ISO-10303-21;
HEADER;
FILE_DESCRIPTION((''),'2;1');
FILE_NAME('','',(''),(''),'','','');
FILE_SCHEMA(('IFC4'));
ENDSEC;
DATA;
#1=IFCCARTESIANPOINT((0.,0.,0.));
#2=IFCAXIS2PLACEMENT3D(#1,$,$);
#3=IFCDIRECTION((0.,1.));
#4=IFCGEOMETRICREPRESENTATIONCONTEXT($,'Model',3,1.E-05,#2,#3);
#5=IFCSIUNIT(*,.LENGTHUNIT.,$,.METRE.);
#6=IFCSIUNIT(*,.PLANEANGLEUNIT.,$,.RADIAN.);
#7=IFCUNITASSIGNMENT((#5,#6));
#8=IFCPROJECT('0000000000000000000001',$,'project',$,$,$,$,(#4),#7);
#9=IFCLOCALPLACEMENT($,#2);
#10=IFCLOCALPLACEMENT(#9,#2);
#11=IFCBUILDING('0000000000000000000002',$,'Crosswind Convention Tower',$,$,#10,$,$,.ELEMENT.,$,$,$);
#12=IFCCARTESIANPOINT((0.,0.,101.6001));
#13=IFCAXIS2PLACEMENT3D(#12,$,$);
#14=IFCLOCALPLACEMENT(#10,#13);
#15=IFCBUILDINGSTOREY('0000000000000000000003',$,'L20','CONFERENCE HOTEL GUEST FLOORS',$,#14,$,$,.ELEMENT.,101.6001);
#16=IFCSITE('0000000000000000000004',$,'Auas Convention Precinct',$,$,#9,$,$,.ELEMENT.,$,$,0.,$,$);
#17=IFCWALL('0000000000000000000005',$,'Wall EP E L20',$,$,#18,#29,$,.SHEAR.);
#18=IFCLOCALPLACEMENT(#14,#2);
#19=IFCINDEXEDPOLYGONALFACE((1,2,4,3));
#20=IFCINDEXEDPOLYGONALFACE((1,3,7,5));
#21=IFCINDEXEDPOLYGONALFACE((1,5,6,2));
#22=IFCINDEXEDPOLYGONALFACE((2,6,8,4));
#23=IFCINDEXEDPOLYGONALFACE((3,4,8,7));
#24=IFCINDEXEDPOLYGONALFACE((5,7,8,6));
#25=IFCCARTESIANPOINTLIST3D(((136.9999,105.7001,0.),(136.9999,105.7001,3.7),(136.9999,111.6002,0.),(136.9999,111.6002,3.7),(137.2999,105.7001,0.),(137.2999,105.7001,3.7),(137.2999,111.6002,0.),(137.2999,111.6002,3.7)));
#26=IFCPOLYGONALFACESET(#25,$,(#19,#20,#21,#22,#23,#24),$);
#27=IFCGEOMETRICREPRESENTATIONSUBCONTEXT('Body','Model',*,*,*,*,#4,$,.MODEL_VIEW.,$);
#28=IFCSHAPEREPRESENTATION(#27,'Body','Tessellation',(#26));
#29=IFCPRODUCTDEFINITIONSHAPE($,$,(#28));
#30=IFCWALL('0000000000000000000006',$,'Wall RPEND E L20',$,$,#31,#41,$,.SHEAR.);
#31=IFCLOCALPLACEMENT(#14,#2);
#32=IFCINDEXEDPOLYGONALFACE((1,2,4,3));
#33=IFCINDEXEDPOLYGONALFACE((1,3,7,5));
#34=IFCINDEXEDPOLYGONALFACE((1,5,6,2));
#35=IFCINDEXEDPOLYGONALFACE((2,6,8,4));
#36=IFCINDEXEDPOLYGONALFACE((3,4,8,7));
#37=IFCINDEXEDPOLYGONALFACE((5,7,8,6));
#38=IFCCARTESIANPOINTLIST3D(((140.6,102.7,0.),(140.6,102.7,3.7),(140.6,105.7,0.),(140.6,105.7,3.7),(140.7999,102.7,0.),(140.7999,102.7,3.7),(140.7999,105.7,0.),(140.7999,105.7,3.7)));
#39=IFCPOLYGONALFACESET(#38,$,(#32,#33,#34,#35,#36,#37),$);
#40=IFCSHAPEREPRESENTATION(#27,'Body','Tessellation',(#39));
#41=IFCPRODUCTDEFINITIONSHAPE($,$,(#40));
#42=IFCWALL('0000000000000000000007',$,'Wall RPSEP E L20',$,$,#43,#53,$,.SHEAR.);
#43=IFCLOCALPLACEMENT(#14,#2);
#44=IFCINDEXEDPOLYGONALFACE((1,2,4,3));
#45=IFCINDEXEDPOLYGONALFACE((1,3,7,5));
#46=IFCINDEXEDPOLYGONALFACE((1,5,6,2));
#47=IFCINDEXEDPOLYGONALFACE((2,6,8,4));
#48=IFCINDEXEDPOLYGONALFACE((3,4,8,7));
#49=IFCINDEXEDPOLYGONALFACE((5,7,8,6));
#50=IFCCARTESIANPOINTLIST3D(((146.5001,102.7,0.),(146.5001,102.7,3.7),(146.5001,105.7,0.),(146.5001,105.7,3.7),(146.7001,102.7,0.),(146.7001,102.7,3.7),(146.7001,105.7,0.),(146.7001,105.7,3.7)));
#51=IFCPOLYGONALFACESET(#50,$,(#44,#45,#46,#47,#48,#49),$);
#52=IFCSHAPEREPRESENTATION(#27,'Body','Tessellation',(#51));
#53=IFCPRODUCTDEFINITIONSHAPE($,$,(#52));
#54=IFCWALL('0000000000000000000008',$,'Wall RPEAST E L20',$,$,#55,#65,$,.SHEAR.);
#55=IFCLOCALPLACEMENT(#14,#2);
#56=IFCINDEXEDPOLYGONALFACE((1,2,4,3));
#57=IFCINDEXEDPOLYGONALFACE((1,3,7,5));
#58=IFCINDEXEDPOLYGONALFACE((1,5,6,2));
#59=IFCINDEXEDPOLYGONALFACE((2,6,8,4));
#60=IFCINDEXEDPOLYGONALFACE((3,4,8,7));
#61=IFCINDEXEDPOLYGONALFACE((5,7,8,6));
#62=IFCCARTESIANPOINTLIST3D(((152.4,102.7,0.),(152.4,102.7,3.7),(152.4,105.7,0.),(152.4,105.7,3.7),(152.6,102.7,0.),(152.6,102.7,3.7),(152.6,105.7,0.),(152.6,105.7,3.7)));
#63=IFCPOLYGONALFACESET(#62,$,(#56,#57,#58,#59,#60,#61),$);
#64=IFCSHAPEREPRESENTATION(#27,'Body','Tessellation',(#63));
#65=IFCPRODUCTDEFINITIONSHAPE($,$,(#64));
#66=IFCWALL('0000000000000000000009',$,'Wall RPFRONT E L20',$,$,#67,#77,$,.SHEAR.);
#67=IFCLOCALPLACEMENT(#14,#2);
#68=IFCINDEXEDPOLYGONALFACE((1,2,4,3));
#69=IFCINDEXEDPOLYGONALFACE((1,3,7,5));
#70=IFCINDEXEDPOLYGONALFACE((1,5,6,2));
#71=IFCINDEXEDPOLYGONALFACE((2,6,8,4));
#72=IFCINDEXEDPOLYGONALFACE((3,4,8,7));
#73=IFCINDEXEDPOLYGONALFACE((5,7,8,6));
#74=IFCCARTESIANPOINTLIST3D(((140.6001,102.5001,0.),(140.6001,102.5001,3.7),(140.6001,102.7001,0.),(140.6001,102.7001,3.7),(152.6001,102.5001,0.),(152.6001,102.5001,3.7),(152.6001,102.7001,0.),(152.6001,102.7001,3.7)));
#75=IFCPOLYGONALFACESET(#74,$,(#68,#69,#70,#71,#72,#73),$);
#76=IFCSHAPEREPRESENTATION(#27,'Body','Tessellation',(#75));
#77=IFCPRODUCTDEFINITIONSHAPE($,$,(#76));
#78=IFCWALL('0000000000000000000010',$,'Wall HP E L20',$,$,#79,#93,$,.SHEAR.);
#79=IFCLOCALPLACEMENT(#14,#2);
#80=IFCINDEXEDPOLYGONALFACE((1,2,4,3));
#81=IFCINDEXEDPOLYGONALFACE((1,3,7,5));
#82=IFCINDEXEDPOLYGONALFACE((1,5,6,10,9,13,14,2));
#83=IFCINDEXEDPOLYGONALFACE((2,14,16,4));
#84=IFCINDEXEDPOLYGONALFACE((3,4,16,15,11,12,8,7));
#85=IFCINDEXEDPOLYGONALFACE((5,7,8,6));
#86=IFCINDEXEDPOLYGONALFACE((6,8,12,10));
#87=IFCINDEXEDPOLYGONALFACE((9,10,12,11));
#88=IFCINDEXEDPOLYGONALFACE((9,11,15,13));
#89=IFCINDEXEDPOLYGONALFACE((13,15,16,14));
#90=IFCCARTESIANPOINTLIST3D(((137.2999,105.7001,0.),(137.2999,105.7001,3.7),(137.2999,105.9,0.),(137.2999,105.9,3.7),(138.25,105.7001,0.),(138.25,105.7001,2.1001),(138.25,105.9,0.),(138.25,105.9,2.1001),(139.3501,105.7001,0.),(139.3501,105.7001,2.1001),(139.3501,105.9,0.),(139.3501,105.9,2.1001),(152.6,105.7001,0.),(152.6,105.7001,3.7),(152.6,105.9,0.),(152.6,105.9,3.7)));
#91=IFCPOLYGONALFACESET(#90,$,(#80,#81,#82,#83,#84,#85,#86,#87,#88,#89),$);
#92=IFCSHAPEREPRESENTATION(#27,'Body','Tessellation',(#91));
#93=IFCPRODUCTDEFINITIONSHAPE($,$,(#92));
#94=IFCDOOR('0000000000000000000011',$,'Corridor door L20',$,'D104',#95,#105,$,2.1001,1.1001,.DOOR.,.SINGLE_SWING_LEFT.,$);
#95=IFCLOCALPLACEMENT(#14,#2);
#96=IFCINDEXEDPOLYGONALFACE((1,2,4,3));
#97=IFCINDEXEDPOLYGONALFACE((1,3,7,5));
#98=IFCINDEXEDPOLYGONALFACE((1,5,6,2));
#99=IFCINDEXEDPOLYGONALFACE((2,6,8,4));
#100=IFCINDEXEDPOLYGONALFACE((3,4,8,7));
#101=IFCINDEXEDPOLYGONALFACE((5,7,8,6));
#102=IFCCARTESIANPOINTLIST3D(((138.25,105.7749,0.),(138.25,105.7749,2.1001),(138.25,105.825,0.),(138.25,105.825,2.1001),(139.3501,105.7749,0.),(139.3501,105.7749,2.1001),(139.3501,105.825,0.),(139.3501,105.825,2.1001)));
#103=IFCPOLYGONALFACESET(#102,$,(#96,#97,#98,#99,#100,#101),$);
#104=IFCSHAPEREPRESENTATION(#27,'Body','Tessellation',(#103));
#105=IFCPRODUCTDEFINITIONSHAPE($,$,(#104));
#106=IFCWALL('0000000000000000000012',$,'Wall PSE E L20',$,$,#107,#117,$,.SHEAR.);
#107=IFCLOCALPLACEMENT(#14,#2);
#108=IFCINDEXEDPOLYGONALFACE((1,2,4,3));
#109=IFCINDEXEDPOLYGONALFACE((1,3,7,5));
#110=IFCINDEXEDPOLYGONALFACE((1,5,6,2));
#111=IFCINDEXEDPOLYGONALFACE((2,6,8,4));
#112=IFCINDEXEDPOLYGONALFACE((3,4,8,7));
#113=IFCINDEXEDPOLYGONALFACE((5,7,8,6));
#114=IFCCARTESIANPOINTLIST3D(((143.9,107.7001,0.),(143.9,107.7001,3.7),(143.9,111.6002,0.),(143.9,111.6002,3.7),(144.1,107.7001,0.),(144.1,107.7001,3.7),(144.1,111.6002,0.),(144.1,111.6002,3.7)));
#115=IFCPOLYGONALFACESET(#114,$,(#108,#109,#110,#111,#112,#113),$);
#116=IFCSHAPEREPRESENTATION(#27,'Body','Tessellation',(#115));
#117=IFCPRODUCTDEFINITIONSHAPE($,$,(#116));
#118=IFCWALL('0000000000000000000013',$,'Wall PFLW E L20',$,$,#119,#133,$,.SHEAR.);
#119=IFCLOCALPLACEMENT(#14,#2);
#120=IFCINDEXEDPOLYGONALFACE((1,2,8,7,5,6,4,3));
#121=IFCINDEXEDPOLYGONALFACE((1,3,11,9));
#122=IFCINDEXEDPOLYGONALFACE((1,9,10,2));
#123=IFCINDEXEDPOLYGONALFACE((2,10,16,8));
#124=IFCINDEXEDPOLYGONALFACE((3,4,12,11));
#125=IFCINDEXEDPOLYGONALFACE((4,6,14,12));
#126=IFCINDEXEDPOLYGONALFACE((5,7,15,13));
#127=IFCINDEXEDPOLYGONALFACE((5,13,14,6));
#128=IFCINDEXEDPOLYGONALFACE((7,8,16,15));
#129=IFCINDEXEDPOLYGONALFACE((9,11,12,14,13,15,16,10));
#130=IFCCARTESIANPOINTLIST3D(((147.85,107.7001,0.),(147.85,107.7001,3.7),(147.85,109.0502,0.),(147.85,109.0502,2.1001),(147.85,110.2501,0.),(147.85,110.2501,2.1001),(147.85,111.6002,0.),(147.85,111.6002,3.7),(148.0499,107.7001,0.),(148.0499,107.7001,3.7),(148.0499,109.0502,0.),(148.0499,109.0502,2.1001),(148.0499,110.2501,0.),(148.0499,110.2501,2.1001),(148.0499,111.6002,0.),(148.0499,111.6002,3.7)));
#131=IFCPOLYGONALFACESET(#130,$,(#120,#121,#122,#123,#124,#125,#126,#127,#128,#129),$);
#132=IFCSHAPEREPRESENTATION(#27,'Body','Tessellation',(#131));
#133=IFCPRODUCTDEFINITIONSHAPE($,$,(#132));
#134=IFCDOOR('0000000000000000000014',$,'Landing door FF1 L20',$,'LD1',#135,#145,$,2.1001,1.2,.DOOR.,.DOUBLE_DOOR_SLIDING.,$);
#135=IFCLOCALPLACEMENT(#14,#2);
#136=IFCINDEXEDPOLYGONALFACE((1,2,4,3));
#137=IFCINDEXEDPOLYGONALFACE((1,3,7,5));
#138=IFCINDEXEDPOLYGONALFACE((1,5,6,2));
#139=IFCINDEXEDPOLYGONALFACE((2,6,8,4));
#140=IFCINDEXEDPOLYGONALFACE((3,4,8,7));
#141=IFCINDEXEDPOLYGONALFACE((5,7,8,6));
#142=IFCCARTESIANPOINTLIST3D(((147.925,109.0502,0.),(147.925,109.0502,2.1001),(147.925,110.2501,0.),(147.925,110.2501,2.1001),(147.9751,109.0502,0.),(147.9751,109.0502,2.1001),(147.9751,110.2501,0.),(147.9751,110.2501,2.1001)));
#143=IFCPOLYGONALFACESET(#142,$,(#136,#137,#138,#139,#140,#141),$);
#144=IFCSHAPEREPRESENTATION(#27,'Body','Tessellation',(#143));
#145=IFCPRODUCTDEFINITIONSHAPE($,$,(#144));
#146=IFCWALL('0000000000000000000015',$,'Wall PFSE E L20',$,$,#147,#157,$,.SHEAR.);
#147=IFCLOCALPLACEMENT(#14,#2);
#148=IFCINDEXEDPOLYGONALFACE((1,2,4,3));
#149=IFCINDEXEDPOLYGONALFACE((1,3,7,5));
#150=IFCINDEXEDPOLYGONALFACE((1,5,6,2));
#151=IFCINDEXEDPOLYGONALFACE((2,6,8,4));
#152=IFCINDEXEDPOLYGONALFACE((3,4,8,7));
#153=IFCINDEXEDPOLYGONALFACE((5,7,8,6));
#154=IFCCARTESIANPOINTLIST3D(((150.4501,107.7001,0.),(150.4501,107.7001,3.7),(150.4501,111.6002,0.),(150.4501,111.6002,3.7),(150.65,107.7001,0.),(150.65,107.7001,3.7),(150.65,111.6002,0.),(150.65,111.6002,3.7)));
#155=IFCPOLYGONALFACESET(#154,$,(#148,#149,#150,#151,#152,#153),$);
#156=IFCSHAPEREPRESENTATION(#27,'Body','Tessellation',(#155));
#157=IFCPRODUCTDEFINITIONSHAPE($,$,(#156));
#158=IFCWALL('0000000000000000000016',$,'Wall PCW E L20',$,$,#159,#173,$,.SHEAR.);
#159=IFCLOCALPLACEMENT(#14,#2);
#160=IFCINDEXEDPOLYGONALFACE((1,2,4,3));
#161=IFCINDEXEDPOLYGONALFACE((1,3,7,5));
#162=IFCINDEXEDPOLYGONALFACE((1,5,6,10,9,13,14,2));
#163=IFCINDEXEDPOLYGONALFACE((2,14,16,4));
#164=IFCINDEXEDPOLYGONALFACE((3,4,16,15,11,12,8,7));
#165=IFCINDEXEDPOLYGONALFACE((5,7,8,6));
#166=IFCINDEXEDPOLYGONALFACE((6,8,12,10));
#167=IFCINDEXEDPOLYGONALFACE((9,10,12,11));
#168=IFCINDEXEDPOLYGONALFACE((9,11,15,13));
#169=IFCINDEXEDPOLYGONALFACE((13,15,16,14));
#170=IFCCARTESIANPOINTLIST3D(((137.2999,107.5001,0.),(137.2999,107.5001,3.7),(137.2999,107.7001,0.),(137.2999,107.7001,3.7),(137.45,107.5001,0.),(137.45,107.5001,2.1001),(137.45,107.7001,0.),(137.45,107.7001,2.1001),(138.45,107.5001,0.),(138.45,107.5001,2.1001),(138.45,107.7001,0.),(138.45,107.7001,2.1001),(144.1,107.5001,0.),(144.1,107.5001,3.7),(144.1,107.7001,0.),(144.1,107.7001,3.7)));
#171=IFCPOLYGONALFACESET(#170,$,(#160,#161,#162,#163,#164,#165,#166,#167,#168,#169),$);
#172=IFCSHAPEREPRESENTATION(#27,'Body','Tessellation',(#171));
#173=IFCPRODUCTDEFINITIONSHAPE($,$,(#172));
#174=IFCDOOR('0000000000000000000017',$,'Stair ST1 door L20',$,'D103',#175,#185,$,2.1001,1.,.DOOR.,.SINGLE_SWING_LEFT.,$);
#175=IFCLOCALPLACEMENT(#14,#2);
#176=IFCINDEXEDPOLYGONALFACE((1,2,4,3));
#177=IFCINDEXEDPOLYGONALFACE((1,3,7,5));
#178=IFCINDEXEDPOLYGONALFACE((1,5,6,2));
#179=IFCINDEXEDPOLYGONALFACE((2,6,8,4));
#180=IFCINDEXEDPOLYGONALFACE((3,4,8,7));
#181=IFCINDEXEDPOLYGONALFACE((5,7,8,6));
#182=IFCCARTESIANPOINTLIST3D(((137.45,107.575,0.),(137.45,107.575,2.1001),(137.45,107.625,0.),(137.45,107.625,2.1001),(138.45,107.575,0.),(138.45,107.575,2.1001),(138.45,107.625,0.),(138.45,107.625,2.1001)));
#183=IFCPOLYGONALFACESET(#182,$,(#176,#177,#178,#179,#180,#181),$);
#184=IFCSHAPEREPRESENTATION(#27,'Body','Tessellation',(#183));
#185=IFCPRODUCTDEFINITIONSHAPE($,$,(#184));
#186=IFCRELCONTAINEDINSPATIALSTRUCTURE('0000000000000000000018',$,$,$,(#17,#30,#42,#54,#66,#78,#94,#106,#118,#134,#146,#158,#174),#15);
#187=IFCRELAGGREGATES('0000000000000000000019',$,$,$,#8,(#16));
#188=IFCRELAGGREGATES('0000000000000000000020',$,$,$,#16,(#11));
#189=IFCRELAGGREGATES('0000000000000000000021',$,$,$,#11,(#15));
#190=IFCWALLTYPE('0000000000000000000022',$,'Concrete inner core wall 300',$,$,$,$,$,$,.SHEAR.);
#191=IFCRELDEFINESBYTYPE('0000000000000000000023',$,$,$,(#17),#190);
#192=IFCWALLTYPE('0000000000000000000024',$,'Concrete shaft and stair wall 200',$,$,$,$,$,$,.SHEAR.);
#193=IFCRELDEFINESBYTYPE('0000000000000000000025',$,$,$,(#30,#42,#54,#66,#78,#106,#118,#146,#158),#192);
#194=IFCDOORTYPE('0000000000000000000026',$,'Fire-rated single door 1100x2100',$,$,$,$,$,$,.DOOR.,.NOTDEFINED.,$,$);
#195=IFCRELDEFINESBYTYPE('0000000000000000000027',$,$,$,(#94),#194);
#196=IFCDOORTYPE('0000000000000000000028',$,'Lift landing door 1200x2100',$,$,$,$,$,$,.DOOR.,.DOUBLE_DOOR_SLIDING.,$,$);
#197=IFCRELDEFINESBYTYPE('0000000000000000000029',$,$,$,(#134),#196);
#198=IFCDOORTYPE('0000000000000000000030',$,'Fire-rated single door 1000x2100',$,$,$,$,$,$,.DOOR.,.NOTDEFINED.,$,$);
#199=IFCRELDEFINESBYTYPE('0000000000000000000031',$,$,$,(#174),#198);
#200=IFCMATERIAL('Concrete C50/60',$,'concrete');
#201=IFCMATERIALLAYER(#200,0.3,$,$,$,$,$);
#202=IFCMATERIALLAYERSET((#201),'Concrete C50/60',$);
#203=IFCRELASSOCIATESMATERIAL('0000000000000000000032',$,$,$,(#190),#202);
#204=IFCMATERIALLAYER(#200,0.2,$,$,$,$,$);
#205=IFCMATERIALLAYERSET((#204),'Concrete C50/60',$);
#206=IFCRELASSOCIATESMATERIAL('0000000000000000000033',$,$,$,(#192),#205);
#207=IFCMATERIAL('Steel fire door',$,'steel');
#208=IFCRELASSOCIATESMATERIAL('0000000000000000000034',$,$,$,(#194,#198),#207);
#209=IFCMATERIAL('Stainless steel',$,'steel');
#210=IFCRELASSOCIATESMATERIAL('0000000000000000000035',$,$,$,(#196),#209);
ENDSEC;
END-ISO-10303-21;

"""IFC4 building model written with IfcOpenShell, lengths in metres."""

from ifc_helpers import new_model, si_unit, direction, frame, frame_2d, origin, place, context, subcontext, project, spatial, rectangle, extrude, material, layer, layer_set, type_object, element, fill, save


model = new_model("IFC4")

# Units and contexts
model_context = context("Model", 3, precision=1e-05, world=origin(), true_north=direction((0.0, 1.0)))
body_context = subcontext(model_context, "Body", "Model", "MODEL_VIEW")
ifc_project = project(units=[si_unit("LENGTHUNIT", "METRE"), si_unit("PLANEANGLEUNIT", "RADIAN")], contexts=[model_context])

# Site, building, storey
site_placement = place(None, origin())
site = spatial("IfcSite", under=ifc_project, at=site_placement, Name="Auas Convention Precinct", CompositionType="ELEMENT", RefElevation=0.0)
building_placement = place(site_placement, origin())
building = spatial("IfcBuilding", under=site, at=building_placement, Name="Crosswind Convention Tower", CompositionType="ELEMENT")
storey_placement = place(building_placement, frame((0.0, 0.0, 101.6001)))
storey = spatial("IfcBuildingStorey", under=building, at=storey_placement, Name="L20", Description="CONFERENCE HOTEL GUEST FLOORS", CompositionType="ELEMENT", Elevation=101.6001)

# Walls
ifc_material_1 = material(Name="Concrete C50/60", Category="concrete")
ifc_layer_1 = layer(ifc_material_1, 0.3)
ifc_layer_set_1 = layer_set([ifc_layer_1], Name="Concrete C50/60")
wall_type_1 = type_object("IfcWallType", Name="Concrete inner core wall 300", PredefinedType="SHEAR", material=ifc_layer_set_1)
wall_1_placement = place(storey_placement, frame((137.1499, 105.7, 0.0), z_axis=(0.0, 0.0, 1.0), x_axis=(0.0, 1.0, 0.0)))
element("IfcWall", 1, at=wall_1_placement, inside=storey, type_object=wall_type_1, Name="Wall EP E L20", PredefinedType="SHEAR", context=body_context, shape_type="SweptSolid", body=[
    extrude(rectangle(XDim=5.9001, YDim=0.3, at=frame_2d((2.9502, 0.0))), origin(), (0.0, 0.0, 1.0), 3.7),
])
ifc_layer_2 = layer(ifc_material_1, 0.2)
ifc_layer_set_2 = layer_set([ifc_layer_2], Name="Concrete C50/60")
wall_type_2 = type_object("IfcWallType", Name="Concrete shaft and stair wall 200", PredefinedType="SHEAR", material=ifc_layer_set_2)
for number, where, z_axis, x_axis, name in (
    (2, (140.7, 102.7, 0.0), (0.0, 0.0, 1.0), (0.0, 1.0, 0.0), "Wall RPEND E L20"),
    (3, (146.6001, 102.7, 0.0), (0.0, 0.0, 1.0), (0.0, 1.0, 0.0), "Wall RPSEP E L20"),
    (4, (152.5, 102.7, 0.0), (0.0, 0.0, 1.0), (0.0, 1.0, 0.0), "Wall RPEAST E L20"),
):
    element("IfcWall", number, at=place(storey_placement, frame(where, z_axis=z_axis, x_axis=x_axis)), inside=storey, type_object=wall_type_2, Name=name, PredefinedType="SHEAR", context=body_context, shape_type="SweptSolid", body=[
        extrude(rectangle(XDim=3.0, YDim=0.2, at=frame_2d((1.5, 0.0))), origin(), (0.0, 0.0, 1.0), 3.7),
    ])
wall_2_placement = place(storey_placement, frame((140.6001, 102.6001, 0.0), z_axis=(0.0, 0.0, 1.0), x_axis=(1.0, 0.0, 0.0)))
element("IfcWall", 5, at=wall_2_placement, inside=storey, type_object=wall_type_2, Name="Wall RPFRONT E L20", PredefinedType="SHEAR", context=body_context, shape_type="SweptSolid", body=[
    extrude(rectangle(XDim=12.0, YDim=0.2, at=frame_2d((6.0, 0.0))), origin(), (0.0, 0.0, 1.0), 3.7),
])

# Wall, opening, door
wall_3_placement = place(storey_placement, frame((137.3, 105.8, 0.0), z_axis=(0.0, 0.0, 1.0), x_axis=(1.0, 0.0, 0.0)))
wall_3 = element("IfcWall", 6, at=wall_3_placement, inside=storey, type_object=wall_type_2, Name="Wall HP E L20", PredefinedType="SHEAR", context=body_context, shape_type="SweptSolid", body=[
    extrude(rectangle(XDim=15.3, YDim=0.2, at=frame_2d((7.6499, 0.0))), origin(), (0.0, 0.0, 1.0), 3.7),
])
opening_1_placement = place(wall_3_placement, frame((0.95, 0.0, 0.0)))
opening_1 = element("IfcOpeningElement", 7, at=opening_1_placement, cuts=wall_3, PredefinedType="OPENING", context=body_context, shape_type="SweptSolid", body=[
    extrude(rectangle(XDim=1.1001, YDim=2.1001, at=frame_2d((0.55, 1.05))), frame((0.0, 0.1099, 0.0), z_axis=(0.0, -1.0, 0.0), x_axis=(1.0, 0.0, 0.0)), (0.0, 0.0, 1.0), 0.22),
])
ifc_material_2 = material(Name="Steel fire door", Category="steel")
door_type_1 = type_object("IfcDoorType", Name="Fire-rated single door 1100x2100", OperationType="NOTDEFINED", PredefinedType="DOOR", material=ifc_material_2)
door_1_placement = place(opening_1_placement, origin())
door_1 = element("IfcDoor", 8, at=door_1_placement, inside=storey, type_object=door_type_1, Name="Corridor door L20", ObjectType="D104", OperationType="SINGLE_SWING_LEFT", OverallHeight=2.1001, OverallWidth=1.1001, PredefinedType="DOOR", context=body_context, shape_type="SweptSolid", body=[
    extrude(rectangle(XDim=1.1001, YDim=2.1001, at=frame_2d((0.55, 1.05))), frame((0.0, 0.0249, 0.0), z_axis=(0.0, -1.0, 0.0), x_axis=(1.0, 0.0, 0.0)), (0.0, 0.0, 1.0), 0.05),
])
fill(opening_1, door_1)

# Wall
wall_4_placement = place(storey_placement, frame((144.0, 107.7, 0.0), z_axis=(0.0, 0.0, 1.0), x_axis=(0.0, 1.0, 0.0)))
element("IfcWall", 9, at=wall_4_placement, inside=storey, type_object=wall_type_2, Name="Wall PSE E L20", PredefinedType="SHEAR", context=body_context, shape_type="SweptSolid", body=[
    extrude(rectangle(XDim=3.9001, YDim=0.2, at=frame_2d((1.9502, 0.0))), origin(), (0.0, 0.0, 1.0), 3.7),
])

# Wall, opening, door
wall_5_placement = place(storey_placement, frame((147.95, 107.7, 0.0), z_axis=(0.0, 0.0, 1.0), x_axis=(0.0, 1.0, 0.0)))
wall_5 = element("IfcWall", 10, at=wall_5_placement, inside=storey, type_object=wall_type_2, Name="Wall PFLW E L20", PredefinedType="SHEAR", context=body_context, shape_type="SweptSolid", body=[
    extrude(rectangle(XDim=3.9001, YDim=0.2, at=frame_2d((1.9502, 0.0))), origin(), (0.0, 0.0, 1.0), 3.7),
])
opening_2_placement = place(wall_5_placement, frame((1.3501, 0.0, 0.0)))
opening_2 = element("IfcOpeningElement", 11, at=opening_2_placement, cuts=wall_5, PredefinedType="OPENING", context=body_context, shape_type="SweptSolid", body=[
    extrude(rectangle(XDim=1.2, YDim=2.1001, at=frame_2d((0.6001, 1.05))), frame((0.0, 0.1099, 0.0), z_axis=(0.0, -1.0, 0.0), x_axis=(1.0, 0.0, 0.0)), (0.0, 0.0, 1.0), 0.22),
])
ifc_material_3 = material(Name="Stainless steel", Category="steel")
door_type_2 = type_object("IfcDoorType", Name="Lift landing door 1200x2100", OperationType="DOUBLE_DOOR_SLIDING", PredefinedType="DOOR", material=ifc_material_3)
door_2_placement = place(opening_2_placement, origin())
door_2 = element("IfcDoor", 12, at=door_2_placement, inside=storey, type_object=door_type_2, Name="Landing door FF1 L20", ObjectType="LD1", OperationType="DOUBLE_DOOR_SLIDING", OverallHeight=2.1001, OverallWidth=1.2, PredefinedType="DOOR", context=body_context, shape_type="SweptSolid", body=[
    extrude(rectangle(XDim=1.2, YDim=2.1001, at=frame_2d((0.6001, 1.05))), frame((0.0, 0.0249, 0.0), z_axis=(0.0, -1.0, 0.0), x_axis=(1.0, 0.0, 0.0)), (0.0, 0.0, 1.0), 0.05),
])
fill(opening_2, door_2)

# Wall
wall_6_placement = place(storey_placement, frame((150.55, 107.7, 0.0), z_axis=(0.0, 0.0, 1.0), x_axis=(0.0, 1.0, 0.0)))
element("IfcWall", 13, at=wall_6_placement, inside=storey, type_object=wall_type_2, Name="Wall PFSE E L20", PredefinedType="SHEAR", context=body_context, shape_type="SweptSolid", body=[
    extrude(rectangle(XDim=3.9001, YDim=0.2, at=frame_2d((1.9502, 0.0))), origin(), (0.0, 0.0, 1.0), 3.7),
])

# Wall, opening, door
wall_7_placement = place(storey_placement, frame((137.3, 107.6001, 0.0), z_axis=(0.0, 0.0, 1.0), x_axis=(1.0, 0.0, 0.0)))
wall_7 = element("IfcWall", 14, at=wall_7_placement, inside=storey, type_object=wall_type_2, Name="Wall PCW E L20", PredefinedType="SHEAR", context=body_context, shape_type="SweptSolid", body=[
    extrude(rectangle(XDim=6.8, YDim=0.2, at=frame_2d((3.3999, 0.0))), origin(), (0.0, 0.0, 1.0), 3.7),
])
opening_3_placement = place(wall_7_placement, frame((0.1499, 0.0, 0.0)))
opening_3 = element("IfcOpeningElement", 15, at=opening_3_placement, cuts=wall_7, PredefinedType="OPENING", context=body_context, shape_type="SweptSolid", body=[
    extrude(rectangle(XDim=1.0, YDim=2.1001, at=frame_2d((0.5, 1.05))), frame((0.0, 0.1099, 0.0), z_axis=(0.0, -1.0, 0.0), x_axis=(1.0, 0.0, 0.0)), (0.0, 0.0, 1.0), 0.22),
])
door_type_3 = type_object("IfcDoorType", Name="Fire-rated single door 1000x2100", OperationType="NOTDEFINED", PredefinedType="DOOR", material=ifc_material_2)
door_3_placement = place(opening_3_placement, origin())
door_3 = element("IfcDoor", 16, at=door_3_placement, inside=storey, type_object=door_type_3, Name="Stair ST1 door L20", ObjectType="D103", OperationType="SINGLE_SWING_LEFT", OverallHeight=2.1001, OverallWidth=1.0, PredefinedType="DOOR", context=body_context, shape_type="SweptSolid", body=[
    extrude(rectangle(XDim=1.0, YDim=2.1001, at=frame_2d((0.5, 1.05))), frame((0.0, 0.0249, 0.0), z_axis=(0.0, -1.0, 0.0), x_axis=(1.0, 0.0, 0.0)), (0.0, 0.0, 1.0), 0.05),
])
fill(opening_3, door_3)

save(model, "model.ifc")
